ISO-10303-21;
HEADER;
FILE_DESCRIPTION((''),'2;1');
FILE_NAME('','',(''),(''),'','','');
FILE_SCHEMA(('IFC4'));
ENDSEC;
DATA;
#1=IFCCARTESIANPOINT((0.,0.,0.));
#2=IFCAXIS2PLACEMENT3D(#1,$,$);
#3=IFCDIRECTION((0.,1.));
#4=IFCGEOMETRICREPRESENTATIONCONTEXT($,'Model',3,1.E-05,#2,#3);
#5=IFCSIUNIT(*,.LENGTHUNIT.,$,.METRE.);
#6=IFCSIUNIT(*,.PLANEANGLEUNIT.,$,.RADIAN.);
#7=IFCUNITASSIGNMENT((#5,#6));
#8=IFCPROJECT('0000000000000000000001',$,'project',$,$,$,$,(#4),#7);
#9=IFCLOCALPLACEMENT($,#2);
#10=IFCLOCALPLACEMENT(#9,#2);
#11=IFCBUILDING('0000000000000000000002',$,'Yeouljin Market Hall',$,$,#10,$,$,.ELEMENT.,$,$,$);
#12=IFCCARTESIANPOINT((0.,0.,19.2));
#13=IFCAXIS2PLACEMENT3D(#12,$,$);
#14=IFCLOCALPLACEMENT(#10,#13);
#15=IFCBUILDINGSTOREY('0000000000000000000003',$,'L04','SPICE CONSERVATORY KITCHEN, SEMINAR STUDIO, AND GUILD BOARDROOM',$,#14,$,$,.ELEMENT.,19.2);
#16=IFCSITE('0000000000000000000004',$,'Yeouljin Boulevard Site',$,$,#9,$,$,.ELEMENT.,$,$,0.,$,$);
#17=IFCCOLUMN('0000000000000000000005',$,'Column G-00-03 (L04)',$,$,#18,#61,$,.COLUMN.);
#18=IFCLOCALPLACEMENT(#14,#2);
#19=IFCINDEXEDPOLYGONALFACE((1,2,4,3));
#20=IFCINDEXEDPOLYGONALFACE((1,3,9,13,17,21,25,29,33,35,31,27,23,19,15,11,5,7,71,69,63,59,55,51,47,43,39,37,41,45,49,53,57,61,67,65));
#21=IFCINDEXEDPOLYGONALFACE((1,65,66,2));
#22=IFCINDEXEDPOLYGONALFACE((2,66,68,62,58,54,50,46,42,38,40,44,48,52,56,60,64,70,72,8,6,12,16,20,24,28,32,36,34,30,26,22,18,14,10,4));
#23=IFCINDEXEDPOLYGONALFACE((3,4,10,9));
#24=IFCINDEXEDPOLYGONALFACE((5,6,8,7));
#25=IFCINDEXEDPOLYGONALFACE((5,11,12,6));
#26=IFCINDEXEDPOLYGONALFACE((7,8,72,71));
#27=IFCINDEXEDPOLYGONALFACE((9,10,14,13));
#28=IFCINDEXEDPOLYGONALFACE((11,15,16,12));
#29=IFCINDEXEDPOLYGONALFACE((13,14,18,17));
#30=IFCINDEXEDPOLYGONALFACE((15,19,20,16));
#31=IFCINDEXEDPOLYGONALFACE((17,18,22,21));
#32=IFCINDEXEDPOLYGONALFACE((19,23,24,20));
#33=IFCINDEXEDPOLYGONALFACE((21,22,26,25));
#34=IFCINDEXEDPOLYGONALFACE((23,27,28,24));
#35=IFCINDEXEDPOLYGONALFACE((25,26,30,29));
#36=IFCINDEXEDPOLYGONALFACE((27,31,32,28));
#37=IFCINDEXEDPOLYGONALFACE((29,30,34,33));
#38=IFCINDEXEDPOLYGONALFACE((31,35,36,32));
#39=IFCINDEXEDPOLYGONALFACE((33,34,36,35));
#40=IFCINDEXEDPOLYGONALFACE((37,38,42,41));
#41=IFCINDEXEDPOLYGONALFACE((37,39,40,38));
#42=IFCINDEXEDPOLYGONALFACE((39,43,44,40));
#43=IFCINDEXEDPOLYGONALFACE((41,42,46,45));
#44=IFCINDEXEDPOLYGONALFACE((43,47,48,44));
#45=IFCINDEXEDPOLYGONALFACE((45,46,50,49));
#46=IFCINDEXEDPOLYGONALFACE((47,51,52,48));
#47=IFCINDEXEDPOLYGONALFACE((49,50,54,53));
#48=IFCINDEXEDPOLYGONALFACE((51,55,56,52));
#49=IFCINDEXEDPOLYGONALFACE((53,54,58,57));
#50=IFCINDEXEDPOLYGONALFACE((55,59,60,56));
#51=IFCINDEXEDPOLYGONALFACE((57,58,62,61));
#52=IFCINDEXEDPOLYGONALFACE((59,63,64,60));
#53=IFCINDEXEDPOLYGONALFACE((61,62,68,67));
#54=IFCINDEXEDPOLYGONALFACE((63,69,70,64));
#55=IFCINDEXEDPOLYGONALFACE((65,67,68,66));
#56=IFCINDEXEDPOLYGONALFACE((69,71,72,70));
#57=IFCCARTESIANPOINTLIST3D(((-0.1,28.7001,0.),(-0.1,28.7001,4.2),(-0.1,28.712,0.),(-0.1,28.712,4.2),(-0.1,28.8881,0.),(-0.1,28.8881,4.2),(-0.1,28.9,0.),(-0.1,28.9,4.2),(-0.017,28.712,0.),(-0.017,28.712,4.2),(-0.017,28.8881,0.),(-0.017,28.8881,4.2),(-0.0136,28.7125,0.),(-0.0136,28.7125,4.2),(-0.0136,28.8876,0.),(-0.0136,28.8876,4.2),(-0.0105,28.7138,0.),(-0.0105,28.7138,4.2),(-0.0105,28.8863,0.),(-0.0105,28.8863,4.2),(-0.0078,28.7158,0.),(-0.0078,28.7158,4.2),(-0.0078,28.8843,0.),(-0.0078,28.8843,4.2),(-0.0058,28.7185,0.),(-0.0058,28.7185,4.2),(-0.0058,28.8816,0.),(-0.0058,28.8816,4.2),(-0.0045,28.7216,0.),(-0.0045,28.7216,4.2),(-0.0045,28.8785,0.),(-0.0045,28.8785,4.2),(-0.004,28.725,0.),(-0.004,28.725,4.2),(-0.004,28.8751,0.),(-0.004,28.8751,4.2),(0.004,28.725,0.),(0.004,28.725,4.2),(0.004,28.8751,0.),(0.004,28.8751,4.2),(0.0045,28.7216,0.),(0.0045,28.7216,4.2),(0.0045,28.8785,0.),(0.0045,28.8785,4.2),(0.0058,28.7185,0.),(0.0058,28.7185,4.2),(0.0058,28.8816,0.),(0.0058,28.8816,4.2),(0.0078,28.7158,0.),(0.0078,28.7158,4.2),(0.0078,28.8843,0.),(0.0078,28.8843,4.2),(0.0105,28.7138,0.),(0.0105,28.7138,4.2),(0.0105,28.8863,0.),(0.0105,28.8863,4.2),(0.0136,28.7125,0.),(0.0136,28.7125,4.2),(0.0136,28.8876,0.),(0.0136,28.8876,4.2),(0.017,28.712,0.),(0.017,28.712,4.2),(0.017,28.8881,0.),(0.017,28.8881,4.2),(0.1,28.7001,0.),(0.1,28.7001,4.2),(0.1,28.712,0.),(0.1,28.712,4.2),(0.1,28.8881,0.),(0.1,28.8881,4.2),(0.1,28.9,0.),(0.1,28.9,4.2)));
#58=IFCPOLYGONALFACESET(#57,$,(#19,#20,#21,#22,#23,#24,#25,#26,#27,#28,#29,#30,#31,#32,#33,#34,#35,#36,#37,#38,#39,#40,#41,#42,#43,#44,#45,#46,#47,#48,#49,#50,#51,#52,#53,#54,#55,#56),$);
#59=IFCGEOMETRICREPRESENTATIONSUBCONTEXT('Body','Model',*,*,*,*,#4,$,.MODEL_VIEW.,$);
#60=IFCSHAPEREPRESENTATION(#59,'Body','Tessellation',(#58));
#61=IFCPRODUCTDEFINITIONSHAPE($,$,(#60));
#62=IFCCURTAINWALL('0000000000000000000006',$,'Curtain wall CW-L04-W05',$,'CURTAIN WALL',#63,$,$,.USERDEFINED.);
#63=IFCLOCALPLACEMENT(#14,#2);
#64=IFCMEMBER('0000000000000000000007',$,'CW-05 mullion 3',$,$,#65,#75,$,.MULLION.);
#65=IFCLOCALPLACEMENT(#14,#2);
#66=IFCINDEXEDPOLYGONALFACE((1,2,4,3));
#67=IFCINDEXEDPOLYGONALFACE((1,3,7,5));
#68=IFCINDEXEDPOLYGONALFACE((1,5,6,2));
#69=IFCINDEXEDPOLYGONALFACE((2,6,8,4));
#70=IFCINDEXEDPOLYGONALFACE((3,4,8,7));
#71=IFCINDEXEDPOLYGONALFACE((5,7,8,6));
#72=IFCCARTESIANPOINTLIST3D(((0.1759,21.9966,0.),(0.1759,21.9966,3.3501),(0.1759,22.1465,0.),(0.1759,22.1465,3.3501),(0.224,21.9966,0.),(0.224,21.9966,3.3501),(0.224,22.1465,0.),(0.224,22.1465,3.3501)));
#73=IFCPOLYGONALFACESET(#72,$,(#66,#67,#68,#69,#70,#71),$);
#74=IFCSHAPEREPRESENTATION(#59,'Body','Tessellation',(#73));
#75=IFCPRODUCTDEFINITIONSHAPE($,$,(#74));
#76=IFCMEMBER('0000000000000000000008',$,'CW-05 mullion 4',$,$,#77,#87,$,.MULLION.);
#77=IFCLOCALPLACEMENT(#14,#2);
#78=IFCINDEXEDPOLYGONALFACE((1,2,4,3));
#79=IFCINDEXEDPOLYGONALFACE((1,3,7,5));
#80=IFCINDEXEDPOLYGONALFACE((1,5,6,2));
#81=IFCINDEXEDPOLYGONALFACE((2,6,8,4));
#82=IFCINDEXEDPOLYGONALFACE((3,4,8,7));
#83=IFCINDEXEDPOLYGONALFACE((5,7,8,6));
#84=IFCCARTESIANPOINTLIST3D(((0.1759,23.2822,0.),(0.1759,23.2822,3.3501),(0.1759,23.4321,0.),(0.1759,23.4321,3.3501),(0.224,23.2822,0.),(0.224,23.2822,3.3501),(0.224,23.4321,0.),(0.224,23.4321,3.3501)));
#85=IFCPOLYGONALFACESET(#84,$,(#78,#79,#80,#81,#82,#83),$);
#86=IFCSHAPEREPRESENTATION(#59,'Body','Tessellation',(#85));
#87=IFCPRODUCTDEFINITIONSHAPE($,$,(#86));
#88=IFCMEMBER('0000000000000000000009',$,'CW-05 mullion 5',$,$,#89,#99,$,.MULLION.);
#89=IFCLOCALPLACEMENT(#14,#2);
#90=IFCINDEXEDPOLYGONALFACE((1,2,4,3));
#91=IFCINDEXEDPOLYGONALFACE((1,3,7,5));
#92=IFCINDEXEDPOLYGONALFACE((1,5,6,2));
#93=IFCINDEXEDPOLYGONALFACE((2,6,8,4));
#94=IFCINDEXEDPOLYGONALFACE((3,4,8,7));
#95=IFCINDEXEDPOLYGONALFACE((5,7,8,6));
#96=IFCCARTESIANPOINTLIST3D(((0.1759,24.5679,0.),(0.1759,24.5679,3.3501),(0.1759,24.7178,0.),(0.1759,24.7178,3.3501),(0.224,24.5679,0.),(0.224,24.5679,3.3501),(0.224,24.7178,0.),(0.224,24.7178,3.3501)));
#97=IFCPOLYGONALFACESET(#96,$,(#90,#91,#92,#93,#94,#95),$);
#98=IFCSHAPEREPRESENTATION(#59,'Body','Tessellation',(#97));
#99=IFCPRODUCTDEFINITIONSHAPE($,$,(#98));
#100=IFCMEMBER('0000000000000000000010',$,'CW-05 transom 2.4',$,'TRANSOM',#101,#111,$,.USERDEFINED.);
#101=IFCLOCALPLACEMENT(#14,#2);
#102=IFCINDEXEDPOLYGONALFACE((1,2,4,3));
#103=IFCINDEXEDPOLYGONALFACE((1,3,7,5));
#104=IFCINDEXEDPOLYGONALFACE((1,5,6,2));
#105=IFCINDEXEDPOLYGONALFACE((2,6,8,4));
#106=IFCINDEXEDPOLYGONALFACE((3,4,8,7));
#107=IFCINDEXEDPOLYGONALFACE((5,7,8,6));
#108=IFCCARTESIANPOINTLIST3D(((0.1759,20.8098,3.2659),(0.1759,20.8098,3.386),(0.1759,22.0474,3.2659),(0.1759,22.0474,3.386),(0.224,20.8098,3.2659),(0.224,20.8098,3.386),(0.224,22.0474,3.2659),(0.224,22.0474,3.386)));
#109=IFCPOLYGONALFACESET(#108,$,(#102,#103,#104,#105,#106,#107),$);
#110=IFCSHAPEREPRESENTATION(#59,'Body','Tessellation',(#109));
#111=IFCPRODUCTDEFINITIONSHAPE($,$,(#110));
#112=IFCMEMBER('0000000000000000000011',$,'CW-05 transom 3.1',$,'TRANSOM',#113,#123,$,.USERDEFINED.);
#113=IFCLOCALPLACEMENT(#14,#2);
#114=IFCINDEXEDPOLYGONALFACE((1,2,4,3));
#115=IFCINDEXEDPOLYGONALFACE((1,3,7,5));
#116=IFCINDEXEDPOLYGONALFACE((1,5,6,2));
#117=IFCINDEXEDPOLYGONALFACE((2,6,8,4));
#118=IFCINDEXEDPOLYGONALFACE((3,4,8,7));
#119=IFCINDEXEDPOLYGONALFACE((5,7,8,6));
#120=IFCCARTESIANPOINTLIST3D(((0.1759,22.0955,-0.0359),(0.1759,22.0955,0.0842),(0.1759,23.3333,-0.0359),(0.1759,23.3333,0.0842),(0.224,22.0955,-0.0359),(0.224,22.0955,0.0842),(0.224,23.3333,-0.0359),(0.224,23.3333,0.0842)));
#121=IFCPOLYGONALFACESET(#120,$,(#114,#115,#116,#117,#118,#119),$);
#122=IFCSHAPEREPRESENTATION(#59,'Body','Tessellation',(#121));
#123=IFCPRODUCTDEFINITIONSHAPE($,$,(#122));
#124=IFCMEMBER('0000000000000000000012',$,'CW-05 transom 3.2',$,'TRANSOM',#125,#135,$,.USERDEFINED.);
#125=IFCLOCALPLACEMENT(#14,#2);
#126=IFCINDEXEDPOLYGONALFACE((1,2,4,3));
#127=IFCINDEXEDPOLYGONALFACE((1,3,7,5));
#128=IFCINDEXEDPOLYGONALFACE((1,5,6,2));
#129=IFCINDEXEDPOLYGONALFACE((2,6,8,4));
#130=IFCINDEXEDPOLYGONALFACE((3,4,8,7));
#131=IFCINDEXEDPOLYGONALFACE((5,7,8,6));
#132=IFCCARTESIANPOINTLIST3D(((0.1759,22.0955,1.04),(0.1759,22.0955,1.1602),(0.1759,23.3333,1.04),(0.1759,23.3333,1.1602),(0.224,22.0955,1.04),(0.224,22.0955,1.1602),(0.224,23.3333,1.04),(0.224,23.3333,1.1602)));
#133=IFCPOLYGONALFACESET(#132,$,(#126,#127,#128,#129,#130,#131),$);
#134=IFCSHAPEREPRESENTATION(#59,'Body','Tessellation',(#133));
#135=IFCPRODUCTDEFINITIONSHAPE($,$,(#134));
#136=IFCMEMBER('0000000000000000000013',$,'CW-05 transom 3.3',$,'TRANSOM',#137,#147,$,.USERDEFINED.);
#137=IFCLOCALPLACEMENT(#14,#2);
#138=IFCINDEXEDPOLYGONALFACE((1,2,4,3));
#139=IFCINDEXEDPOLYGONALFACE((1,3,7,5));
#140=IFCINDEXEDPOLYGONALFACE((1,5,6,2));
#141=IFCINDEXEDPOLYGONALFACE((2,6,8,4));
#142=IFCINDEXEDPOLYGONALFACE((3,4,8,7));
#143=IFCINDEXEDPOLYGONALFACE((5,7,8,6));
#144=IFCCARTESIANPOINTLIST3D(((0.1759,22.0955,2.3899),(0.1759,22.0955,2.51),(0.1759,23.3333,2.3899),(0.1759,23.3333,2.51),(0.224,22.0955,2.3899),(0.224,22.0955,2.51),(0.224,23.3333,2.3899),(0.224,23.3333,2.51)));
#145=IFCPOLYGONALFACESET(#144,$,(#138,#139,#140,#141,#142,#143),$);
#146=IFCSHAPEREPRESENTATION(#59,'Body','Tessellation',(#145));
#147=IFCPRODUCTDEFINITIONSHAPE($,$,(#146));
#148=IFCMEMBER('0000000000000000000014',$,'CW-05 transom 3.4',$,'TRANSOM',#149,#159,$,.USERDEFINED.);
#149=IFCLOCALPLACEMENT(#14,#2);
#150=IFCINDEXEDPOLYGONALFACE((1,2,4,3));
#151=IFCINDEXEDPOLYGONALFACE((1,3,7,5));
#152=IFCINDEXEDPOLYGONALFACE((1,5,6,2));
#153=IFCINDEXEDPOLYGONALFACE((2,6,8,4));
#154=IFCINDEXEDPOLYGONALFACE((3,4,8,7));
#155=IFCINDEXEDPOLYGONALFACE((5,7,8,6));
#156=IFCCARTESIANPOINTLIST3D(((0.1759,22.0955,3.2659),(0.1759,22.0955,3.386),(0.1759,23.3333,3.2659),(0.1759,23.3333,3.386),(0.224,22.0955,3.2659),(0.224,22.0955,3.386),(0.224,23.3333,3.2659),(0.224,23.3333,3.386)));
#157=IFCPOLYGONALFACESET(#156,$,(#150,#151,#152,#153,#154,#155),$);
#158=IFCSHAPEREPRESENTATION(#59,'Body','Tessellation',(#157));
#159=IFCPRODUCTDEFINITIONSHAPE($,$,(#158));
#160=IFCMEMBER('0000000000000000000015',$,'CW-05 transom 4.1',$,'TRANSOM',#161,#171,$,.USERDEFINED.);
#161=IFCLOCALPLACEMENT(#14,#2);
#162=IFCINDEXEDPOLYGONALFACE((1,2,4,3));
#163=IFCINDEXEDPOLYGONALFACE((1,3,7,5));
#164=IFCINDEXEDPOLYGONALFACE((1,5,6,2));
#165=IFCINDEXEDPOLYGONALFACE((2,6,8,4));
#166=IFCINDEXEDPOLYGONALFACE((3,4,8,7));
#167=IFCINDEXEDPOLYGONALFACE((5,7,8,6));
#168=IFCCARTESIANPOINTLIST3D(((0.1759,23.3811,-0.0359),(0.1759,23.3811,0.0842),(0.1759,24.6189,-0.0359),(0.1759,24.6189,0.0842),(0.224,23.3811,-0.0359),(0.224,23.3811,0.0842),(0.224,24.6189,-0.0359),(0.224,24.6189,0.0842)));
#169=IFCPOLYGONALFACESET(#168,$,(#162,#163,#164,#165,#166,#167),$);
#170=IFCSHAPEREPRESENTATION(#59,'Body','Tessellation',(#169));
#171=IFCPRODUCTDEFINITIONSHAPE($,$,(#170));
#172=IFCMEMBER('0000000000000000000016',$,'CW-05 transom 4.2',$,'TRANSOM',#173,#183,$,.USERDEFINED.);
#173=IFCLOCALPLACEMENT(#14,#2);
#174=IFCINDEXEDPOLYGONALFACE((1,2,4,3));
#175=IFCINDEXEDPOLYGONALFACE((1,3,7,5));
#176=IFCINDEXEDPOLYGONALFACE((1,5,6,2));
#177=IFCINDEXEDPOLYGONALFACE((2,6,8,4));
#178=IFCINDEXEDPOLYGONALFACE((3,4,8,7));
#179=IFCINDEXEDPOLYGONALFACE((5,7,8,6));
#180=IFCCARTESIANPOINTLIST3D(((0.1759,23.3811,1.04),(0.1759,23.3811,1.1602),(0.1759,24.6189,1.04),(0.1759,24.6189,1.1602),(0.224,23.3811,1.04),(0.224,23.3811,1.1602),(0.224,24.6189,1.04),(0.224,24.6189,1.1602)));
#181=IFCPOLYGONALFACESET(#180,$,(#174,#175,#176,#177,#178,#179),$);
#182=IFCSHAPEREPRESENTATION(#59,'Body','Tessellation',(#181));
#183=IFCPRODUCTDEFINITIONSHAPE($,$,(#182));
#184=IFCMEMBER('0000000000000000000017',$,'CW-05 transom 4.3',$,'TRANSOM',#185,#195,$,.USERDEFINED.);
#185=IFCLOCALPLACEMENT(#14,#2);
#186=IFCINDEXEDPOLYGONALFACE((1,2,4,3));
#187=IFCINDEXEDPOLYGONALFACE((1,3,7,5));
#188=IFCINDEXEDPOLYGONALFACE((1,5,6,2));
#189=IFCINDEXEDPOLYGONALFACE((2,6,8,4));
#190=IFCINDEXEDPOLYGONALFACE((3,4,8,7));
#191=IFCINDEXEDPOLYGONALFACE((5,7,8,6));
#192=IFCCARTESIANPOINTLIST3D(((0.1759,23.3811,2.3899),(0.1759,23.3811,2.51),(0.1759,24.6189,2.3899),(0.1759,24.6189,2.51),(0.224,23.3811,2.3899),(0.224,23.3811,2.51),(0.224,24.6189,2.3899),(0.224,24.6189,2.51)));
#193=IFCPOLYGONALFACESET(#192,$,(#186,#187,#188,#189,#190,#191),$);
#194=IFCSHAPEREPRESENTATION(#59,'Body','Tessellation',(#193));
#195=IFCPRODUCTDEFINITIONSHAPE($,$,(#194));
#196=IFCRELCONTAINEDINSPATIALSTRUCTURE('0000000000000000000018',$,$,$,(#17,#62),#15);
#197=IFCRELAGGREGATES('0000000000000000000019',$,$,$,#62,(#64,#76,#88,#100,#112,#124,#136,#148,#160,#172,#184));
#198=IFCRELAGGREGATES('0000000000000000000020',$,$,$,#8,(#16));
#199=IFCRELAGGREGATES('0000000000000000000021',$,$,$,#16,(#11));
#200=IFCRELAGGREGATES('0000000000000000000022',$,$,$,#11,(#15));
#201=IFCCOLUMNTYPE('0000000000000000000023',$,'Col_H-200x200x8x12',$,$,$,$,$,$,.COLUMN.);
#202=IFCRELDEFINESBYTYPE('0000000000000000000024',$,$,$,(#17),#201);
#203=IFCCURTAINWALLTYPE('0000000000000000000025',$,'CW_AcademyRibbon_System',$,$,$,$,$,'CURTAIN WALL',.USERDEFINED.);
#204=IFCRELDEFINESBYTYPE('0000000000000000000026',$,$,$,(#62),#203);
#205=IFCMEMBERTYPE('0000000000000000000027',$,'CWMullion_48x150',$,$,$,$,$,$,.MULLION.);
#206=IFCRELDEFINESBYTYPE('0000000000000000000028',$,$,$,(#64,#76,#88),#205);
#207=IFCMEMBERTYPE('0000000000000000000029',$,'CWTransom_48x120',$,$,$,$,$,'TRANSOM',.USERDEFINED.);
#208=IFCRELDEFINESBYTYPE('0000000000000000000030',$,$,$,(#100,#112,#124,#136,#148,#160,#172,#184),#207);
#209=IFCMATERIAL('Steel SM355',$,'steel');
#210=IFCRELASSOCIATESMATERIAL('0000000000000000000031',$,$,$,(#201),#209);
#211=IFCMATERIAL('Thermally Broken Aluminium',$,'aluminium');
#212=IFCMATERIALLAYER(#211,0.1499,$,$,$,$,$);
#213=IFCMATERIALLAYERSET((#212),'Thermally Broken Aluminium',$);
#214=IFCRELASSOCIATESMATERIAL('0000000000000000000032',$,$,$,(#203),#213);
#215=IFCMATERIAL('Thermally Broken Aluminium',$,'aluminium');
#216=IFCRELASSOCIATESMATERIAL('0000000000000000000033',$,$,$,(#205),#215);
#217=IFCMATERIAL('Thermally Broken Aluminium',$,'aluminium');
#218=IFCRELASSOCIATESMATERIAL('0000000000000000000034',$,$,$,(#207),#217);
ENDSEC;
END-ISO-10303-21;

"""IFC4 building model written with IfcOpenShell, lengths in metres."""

from ifc_helpers import new_model, si_unit, direction, frame, origin, origin_2d, place, context, subcontext, project, spatial, rectangle, i_section, extrude, material, layer, layer_set, material_profile, profile_set, type_object, element, aggregate, save


model = new_model("IFC4")

# Units and contexts
model_context = context("Model", 3, precision=1e-05, world=origin(), true_north=direction((0.0, 1.0)))
body_context = subcontext(model_context, "Body", "Model", "MODEL_VIEW")
ifc_project = project(units=[si_unit("LENGTHUNIT", "METRE"), si_unit("PLANEANGLEUNIT", "RADIAN")], contexts=[model_context])

# Site, building, storey
site_placement = place(None, origin())
site = spatial("IfcSite", under=ifc_project, at=site_placement, Name="Yeouljin Boulevard Site", CompositionType="ELEMENT", RefElevation=0.0)
building_placement = place(site_placement, origin())
building = spatial("IfcBuilding", under=site, at=building_placement, Name="Yeouljin Market Hall", CompositionType="ELEMENT")
storey_placement = place(building_placement, frame((0.0, 0.0, 19.2)))
storey = spatial("IfcBuildingStorey", under=building, at=storey_placement, Name="L04", Description="SPICE CONSERVATORY KITCHEN, SEMINAR STUDIO, AND GUILD BOARDROOM", CompositionType="ELEMENT", Elevation=19.2)

# Column
ifc_material_1 = material(Name="Steel SM355", Category="steel")
ifc_material_profile_1 = material_profile(ifc_material_1, i_section(OverallWidth=0.2, OverallDepth=0.2, WebThickness=0.0081, FlangeThickness=0.012, FilletRadius=0.0129, at=origin_2d()), Name="H-200x200x8x12")
ifc_profile_set_1 = profile_set([ifc_material_profile_1], Name="Steel SM355")
column_type = type_object("IfcColumnType", Name="Col_H-200x200x8x12", PredefinedType="COLUMN", material=ifc_profile_set_1)
column_placement = place(storey_placement, frame((0.0, 28.8, 0.0), z_axis=(0.0, 0.0, 1.0), x_axis=(1.0, 0.0, 0.0)))
element("IfcColumn", 1, at=column_placement, inside=storey, type_object=column_type, Name="Column G-00-03 (L04)", PredefinedType="COLUMN", context=body_context, shape_type="SweptSolid", body=[
    extrude(i_section(OverallWidth=0.2, OverallDepth=0.2, WebThickness=0.0081, FlangeThickness=0.012, FilletRadius=0.0129, at=origin_2d()), origin(), (0.0, 0.0, 1.0), 4.2),
])

# Curtain wall, members
ifc_material_2 = material(Name="Thermally Broken Aluminium", Category="aluminium")
ifc_layer_1 = layer(ifc_material_2, 0.1499)
ifc_layer_set_1 = layer_set([ifc_layer_1], Name="Thermally Broken Aluminium")
curtain_wall_type = type_object("IfcCurtainWallType", Name="CW_AcademyRibbon_System", ElementType="CURTAIN WALL", PredefinedType="USERDEFINED", material=ifc_layer_set_1)
curtain_wall_placement = place(storey_placement, origin())
curtain_wall = element("IfcCurtainWall", 2, at=curtain_wall_placement, inside=storey, type_object=curtain_wall_type, Name="Curtain wall CW-L04-W05", ObjectType="CURTAIN WALL", PredefinedType="USERDEFINED")
ifc_material_3 = material(Name="Thermally Broken Aluminium", Category="aluminium")
ifc_material_profile_2 = material_profile(ifc_material_3, rectangle(XDim=0.0481, YDim=0.1499, at=origin_2d()), Name="CW-MULL-48x150")
ifc_profile_set_2 = profile_set([ifc_material_profile_2], Name="Thermally Broken Aluminium")
member_type_1 = type_object("IfcMemberType", Name="CWMullion_48x150", PredefinedType="MULLION", material=ifc_profile_set_2)
member_1_placement = place(storey_placement, frame((0.2, 22.0715, 0.0), z_axis=(0.0, 0.0, 1.0), x_axis=(-1.0, 0.0, 0.0)))
member_1 = element("IfcMember", 3, at=member_1_placement, type_object=member_type_1, Name="CW-05 mullion 3", PredefinedType="MULLION", context=body_context, shape_type="SweptSolid", body=[
    extrude(rectangle(XDim=0.0481, YDim=0.1499, at=origin_2d()), origin(), (0.0, 0.0, 1.0), 3.3501),
])
member_2_placement = place(storey_placement, frame((0.2, 23.3572, 0.0), z_axis=(0.0, 0.0, 1.0), x_axis=(-1.0, 0.0, 0.0)))
member_2 = element("IfcMember", 4, at=member_2_placement, type_object=member_type_1, Name="CW-05 mullion 4", PredefinedType="MULLION", context=body_context, shape_type="SweptSolid", body=[
    extrude(rectangle(XDim=0.0481, YDim=0.1499, at=origin_2d()), origin(), (0.0, 0.0, 1.0), 3.3501),
])
member_3_placement = place(storey_placement, frame((0.2, 24.6428, 0.0), z_axis=(0.0, 0.0, 1.0), x_axis=(-1.0, 0.0, 0.0)))
member_3 = element("IfcMember", 5, at=member_3_placement, type_object=member_type_1, Name="CW-05 mullion 5", PredefinedType="MULLION", context=body_context, shape_type="SweptSolid", body=[
    extrude(rectangle(XDim=0.0481, YDim=0.1499, at=origin_2d()), origin(), (0.0, 0.0, 1.0), 3.3501),
])
ifc_material_4 = material(Name="Thermally Broken Aluminium", Category="aluminium")
ifc_material_profile_3 = material_profile(ifc_material_4, rectangle(XDim=0.0481, YDim=0.1201, at=origin_2d()), Name="CW-TRAN-48x120")
ifc_profile_set_3 = profile_set([ifc_material_profile_3], Name="Thermally Broken Aluminium")
member_type_2 = type_object("IfcMemberType", Name="CWTransom_48x120", ElementType="TRANSOM", PredefinedType="USERDEFINED", material=ifc_profile_set_3)
member_4_placement = place(storey_placement, frame((0.2, 20.8098, 3.3259), z_axis=(0.0, 1.0, 0.0), x_axis=(-1.0, 0.0, 0.0)))
member_4 = element("IfcMember", 6, at=member_4_placement, type_object=member_type_2, Name="CW-05 transom 2.4", ObjectType="TRANSOM", PredefinedType="USERDEFINED", context=body_context, shape_type="SweptSolid", body=[
    extrude(rectangle(XDim=0.0481, YDim=0.1201, at=origin_2d()), origin(), (0.0, 0.0, 1.0), 1.2375),
])
member_5_placement = place(storey_placement, frame((0.2, 22.0955, 0.0242), z_axis=(0.0, 1.0, 0.0), x_axis=(-1.0, 0.0, 0.0)))
member_5 = element("IfcMember", 7, at=member_5_placement, type_object=member_type_2, Name="CW-05 transom 3.1", ObjectType="TRANSOM", PredefinedType="USERDEFINED", context=body_context, shape_type="SweptSolid", body=[
    extrude(rectangle(XDim=0.0481, YDim=0.1201, at=origin_2d()), origin(), (0.0, 0.0, 1.0), 1.2378),
])
member_6_placement = place(storey_placement, frame((0.2, 22.0955, 1.1001), z_axis=(0.0, 1.0, 0.0), x_axis=(-1.0, 0.0, 0.0)))
member_6 = element("IfcMember", 8, at=member_6_placement, type_object=member_type_2, Name="CW-05 transom 3.2", ObjectType="TRANSOM", PredefinedType="USERDEFINED", context=body_context, shape_type="SweptSolid", body=[
    extrude(rectangle(XDim=0.0481, YDim=0.1201, at=origin_2d()), origin(), (0.0, 0.0, 1.0), 1.2378),
])
member_7_placement = place(storey_placement, frame((0.2, 22.0955, 2.45), z_axis=(0.0, 1.0, 0.0), x_axis=(-1.0, 0.0, 0.0)))
member_7 = element("IfcMember", 9, at=member_7_placement, type_object=member_type_2, Name="CW-05 transom 3.3", ObjectType="TRANSOM", PredefinedType="USERDEFINED", context=body_context, shape_type="SweptSolid", body=[
    extrude(rectangle(XDim=0.0481, YDim=0.1201, at=origin_2d()), origin(), (0.0, 0.0, 1.0), 1.2378),
])
member_8_placement = place(storey_placement, frame((0.2, 22.0955, 3.3259), z_axis=(0.0, 1.0, 0.0), x_axis=(-1.0, 0.0, 0.0)))
member_8 = element("IfcMember", 10, at=member_8_placement, type_object=member_type_2, Name="CW-05 transom 3.4", ObjectType="TRANSOM", PredefinedType="USERDEFINED", context=body_context, shape_type="SweptSolid", body=[
    extrude(rectangle(XDim=0.0481, YDim=0.1201, at=origin_2d()), origin(), (0.0, 0.0, 1.0), 1.2378),
])
member_9_placement = place(storey_placement, frame((0.2, 23.3811, 0.0242), z_axis=(0.0, 1.0, 0.0), x_axis=(-1.0, 0.0, 0.0)))
member_9 = element("IfcMember", 11, at=member_9_placement, type_object=member_type_2, Name="CW-05 transom 4.1", ObjectType="TRANSOM", PredefinedType="USERDEFINED", context=body_context, shape_type="SweptSolid", body=[
    extrude(rectangle(XDim=0.0481, YDim=0.1201, at=origin_2d()), origin(), (0.0, 0.0, 1.0), 1.2378),
])
member_10_placement = place(storey_placement, frame((0.2, 23.3811, 1.1001), z_axis=(0.0, 1.0, 0.0), x_axis=(-1.0, 0.0, 0.0)))
member_10 = element("IfcMember", 12, at=member_10_placement, type_object=member_type_2, Name="CW-05 transom 4.2", ObjectType="TRANSOM", PredefinedType="USERDEFINED", context=body_context, shape_type="SweptSolid", body=[
    extrude(rectangle(XDim=0.0481, YDim=0.1201, at=origin_2d()), origin(), (0.0, 0.0, 1.0), 1.2378),
])
member_11_placement = place(storey_placement, frame((0.2, 23.3811, 2.45), z_axis=(0.0, 1.0, 0.0), x_axis=(-1.0, 0.0, 0.0)))
member_11 = element("IfcMember", 13, at=member_11_placement, type_object=member_type_2, Name="CW-05 transom 4.3", ObjectType="TRANSOM", PredefinedType="USERDEFINED", context=body_context, shape_type="SweptSolid", body=[
    extrude(rectangle(XDim=0.0481, YDim=0.1201, at=origin_2d()), origin(), (0.0, 0.0, 1.0), 1.2378),
])

aggregate(curtain_wall, [member_1, member_2, member_3, member_4, member_5, member_6, member_7, member_8, member_9, member_10, member_11])

save(model, "model.ifc")
